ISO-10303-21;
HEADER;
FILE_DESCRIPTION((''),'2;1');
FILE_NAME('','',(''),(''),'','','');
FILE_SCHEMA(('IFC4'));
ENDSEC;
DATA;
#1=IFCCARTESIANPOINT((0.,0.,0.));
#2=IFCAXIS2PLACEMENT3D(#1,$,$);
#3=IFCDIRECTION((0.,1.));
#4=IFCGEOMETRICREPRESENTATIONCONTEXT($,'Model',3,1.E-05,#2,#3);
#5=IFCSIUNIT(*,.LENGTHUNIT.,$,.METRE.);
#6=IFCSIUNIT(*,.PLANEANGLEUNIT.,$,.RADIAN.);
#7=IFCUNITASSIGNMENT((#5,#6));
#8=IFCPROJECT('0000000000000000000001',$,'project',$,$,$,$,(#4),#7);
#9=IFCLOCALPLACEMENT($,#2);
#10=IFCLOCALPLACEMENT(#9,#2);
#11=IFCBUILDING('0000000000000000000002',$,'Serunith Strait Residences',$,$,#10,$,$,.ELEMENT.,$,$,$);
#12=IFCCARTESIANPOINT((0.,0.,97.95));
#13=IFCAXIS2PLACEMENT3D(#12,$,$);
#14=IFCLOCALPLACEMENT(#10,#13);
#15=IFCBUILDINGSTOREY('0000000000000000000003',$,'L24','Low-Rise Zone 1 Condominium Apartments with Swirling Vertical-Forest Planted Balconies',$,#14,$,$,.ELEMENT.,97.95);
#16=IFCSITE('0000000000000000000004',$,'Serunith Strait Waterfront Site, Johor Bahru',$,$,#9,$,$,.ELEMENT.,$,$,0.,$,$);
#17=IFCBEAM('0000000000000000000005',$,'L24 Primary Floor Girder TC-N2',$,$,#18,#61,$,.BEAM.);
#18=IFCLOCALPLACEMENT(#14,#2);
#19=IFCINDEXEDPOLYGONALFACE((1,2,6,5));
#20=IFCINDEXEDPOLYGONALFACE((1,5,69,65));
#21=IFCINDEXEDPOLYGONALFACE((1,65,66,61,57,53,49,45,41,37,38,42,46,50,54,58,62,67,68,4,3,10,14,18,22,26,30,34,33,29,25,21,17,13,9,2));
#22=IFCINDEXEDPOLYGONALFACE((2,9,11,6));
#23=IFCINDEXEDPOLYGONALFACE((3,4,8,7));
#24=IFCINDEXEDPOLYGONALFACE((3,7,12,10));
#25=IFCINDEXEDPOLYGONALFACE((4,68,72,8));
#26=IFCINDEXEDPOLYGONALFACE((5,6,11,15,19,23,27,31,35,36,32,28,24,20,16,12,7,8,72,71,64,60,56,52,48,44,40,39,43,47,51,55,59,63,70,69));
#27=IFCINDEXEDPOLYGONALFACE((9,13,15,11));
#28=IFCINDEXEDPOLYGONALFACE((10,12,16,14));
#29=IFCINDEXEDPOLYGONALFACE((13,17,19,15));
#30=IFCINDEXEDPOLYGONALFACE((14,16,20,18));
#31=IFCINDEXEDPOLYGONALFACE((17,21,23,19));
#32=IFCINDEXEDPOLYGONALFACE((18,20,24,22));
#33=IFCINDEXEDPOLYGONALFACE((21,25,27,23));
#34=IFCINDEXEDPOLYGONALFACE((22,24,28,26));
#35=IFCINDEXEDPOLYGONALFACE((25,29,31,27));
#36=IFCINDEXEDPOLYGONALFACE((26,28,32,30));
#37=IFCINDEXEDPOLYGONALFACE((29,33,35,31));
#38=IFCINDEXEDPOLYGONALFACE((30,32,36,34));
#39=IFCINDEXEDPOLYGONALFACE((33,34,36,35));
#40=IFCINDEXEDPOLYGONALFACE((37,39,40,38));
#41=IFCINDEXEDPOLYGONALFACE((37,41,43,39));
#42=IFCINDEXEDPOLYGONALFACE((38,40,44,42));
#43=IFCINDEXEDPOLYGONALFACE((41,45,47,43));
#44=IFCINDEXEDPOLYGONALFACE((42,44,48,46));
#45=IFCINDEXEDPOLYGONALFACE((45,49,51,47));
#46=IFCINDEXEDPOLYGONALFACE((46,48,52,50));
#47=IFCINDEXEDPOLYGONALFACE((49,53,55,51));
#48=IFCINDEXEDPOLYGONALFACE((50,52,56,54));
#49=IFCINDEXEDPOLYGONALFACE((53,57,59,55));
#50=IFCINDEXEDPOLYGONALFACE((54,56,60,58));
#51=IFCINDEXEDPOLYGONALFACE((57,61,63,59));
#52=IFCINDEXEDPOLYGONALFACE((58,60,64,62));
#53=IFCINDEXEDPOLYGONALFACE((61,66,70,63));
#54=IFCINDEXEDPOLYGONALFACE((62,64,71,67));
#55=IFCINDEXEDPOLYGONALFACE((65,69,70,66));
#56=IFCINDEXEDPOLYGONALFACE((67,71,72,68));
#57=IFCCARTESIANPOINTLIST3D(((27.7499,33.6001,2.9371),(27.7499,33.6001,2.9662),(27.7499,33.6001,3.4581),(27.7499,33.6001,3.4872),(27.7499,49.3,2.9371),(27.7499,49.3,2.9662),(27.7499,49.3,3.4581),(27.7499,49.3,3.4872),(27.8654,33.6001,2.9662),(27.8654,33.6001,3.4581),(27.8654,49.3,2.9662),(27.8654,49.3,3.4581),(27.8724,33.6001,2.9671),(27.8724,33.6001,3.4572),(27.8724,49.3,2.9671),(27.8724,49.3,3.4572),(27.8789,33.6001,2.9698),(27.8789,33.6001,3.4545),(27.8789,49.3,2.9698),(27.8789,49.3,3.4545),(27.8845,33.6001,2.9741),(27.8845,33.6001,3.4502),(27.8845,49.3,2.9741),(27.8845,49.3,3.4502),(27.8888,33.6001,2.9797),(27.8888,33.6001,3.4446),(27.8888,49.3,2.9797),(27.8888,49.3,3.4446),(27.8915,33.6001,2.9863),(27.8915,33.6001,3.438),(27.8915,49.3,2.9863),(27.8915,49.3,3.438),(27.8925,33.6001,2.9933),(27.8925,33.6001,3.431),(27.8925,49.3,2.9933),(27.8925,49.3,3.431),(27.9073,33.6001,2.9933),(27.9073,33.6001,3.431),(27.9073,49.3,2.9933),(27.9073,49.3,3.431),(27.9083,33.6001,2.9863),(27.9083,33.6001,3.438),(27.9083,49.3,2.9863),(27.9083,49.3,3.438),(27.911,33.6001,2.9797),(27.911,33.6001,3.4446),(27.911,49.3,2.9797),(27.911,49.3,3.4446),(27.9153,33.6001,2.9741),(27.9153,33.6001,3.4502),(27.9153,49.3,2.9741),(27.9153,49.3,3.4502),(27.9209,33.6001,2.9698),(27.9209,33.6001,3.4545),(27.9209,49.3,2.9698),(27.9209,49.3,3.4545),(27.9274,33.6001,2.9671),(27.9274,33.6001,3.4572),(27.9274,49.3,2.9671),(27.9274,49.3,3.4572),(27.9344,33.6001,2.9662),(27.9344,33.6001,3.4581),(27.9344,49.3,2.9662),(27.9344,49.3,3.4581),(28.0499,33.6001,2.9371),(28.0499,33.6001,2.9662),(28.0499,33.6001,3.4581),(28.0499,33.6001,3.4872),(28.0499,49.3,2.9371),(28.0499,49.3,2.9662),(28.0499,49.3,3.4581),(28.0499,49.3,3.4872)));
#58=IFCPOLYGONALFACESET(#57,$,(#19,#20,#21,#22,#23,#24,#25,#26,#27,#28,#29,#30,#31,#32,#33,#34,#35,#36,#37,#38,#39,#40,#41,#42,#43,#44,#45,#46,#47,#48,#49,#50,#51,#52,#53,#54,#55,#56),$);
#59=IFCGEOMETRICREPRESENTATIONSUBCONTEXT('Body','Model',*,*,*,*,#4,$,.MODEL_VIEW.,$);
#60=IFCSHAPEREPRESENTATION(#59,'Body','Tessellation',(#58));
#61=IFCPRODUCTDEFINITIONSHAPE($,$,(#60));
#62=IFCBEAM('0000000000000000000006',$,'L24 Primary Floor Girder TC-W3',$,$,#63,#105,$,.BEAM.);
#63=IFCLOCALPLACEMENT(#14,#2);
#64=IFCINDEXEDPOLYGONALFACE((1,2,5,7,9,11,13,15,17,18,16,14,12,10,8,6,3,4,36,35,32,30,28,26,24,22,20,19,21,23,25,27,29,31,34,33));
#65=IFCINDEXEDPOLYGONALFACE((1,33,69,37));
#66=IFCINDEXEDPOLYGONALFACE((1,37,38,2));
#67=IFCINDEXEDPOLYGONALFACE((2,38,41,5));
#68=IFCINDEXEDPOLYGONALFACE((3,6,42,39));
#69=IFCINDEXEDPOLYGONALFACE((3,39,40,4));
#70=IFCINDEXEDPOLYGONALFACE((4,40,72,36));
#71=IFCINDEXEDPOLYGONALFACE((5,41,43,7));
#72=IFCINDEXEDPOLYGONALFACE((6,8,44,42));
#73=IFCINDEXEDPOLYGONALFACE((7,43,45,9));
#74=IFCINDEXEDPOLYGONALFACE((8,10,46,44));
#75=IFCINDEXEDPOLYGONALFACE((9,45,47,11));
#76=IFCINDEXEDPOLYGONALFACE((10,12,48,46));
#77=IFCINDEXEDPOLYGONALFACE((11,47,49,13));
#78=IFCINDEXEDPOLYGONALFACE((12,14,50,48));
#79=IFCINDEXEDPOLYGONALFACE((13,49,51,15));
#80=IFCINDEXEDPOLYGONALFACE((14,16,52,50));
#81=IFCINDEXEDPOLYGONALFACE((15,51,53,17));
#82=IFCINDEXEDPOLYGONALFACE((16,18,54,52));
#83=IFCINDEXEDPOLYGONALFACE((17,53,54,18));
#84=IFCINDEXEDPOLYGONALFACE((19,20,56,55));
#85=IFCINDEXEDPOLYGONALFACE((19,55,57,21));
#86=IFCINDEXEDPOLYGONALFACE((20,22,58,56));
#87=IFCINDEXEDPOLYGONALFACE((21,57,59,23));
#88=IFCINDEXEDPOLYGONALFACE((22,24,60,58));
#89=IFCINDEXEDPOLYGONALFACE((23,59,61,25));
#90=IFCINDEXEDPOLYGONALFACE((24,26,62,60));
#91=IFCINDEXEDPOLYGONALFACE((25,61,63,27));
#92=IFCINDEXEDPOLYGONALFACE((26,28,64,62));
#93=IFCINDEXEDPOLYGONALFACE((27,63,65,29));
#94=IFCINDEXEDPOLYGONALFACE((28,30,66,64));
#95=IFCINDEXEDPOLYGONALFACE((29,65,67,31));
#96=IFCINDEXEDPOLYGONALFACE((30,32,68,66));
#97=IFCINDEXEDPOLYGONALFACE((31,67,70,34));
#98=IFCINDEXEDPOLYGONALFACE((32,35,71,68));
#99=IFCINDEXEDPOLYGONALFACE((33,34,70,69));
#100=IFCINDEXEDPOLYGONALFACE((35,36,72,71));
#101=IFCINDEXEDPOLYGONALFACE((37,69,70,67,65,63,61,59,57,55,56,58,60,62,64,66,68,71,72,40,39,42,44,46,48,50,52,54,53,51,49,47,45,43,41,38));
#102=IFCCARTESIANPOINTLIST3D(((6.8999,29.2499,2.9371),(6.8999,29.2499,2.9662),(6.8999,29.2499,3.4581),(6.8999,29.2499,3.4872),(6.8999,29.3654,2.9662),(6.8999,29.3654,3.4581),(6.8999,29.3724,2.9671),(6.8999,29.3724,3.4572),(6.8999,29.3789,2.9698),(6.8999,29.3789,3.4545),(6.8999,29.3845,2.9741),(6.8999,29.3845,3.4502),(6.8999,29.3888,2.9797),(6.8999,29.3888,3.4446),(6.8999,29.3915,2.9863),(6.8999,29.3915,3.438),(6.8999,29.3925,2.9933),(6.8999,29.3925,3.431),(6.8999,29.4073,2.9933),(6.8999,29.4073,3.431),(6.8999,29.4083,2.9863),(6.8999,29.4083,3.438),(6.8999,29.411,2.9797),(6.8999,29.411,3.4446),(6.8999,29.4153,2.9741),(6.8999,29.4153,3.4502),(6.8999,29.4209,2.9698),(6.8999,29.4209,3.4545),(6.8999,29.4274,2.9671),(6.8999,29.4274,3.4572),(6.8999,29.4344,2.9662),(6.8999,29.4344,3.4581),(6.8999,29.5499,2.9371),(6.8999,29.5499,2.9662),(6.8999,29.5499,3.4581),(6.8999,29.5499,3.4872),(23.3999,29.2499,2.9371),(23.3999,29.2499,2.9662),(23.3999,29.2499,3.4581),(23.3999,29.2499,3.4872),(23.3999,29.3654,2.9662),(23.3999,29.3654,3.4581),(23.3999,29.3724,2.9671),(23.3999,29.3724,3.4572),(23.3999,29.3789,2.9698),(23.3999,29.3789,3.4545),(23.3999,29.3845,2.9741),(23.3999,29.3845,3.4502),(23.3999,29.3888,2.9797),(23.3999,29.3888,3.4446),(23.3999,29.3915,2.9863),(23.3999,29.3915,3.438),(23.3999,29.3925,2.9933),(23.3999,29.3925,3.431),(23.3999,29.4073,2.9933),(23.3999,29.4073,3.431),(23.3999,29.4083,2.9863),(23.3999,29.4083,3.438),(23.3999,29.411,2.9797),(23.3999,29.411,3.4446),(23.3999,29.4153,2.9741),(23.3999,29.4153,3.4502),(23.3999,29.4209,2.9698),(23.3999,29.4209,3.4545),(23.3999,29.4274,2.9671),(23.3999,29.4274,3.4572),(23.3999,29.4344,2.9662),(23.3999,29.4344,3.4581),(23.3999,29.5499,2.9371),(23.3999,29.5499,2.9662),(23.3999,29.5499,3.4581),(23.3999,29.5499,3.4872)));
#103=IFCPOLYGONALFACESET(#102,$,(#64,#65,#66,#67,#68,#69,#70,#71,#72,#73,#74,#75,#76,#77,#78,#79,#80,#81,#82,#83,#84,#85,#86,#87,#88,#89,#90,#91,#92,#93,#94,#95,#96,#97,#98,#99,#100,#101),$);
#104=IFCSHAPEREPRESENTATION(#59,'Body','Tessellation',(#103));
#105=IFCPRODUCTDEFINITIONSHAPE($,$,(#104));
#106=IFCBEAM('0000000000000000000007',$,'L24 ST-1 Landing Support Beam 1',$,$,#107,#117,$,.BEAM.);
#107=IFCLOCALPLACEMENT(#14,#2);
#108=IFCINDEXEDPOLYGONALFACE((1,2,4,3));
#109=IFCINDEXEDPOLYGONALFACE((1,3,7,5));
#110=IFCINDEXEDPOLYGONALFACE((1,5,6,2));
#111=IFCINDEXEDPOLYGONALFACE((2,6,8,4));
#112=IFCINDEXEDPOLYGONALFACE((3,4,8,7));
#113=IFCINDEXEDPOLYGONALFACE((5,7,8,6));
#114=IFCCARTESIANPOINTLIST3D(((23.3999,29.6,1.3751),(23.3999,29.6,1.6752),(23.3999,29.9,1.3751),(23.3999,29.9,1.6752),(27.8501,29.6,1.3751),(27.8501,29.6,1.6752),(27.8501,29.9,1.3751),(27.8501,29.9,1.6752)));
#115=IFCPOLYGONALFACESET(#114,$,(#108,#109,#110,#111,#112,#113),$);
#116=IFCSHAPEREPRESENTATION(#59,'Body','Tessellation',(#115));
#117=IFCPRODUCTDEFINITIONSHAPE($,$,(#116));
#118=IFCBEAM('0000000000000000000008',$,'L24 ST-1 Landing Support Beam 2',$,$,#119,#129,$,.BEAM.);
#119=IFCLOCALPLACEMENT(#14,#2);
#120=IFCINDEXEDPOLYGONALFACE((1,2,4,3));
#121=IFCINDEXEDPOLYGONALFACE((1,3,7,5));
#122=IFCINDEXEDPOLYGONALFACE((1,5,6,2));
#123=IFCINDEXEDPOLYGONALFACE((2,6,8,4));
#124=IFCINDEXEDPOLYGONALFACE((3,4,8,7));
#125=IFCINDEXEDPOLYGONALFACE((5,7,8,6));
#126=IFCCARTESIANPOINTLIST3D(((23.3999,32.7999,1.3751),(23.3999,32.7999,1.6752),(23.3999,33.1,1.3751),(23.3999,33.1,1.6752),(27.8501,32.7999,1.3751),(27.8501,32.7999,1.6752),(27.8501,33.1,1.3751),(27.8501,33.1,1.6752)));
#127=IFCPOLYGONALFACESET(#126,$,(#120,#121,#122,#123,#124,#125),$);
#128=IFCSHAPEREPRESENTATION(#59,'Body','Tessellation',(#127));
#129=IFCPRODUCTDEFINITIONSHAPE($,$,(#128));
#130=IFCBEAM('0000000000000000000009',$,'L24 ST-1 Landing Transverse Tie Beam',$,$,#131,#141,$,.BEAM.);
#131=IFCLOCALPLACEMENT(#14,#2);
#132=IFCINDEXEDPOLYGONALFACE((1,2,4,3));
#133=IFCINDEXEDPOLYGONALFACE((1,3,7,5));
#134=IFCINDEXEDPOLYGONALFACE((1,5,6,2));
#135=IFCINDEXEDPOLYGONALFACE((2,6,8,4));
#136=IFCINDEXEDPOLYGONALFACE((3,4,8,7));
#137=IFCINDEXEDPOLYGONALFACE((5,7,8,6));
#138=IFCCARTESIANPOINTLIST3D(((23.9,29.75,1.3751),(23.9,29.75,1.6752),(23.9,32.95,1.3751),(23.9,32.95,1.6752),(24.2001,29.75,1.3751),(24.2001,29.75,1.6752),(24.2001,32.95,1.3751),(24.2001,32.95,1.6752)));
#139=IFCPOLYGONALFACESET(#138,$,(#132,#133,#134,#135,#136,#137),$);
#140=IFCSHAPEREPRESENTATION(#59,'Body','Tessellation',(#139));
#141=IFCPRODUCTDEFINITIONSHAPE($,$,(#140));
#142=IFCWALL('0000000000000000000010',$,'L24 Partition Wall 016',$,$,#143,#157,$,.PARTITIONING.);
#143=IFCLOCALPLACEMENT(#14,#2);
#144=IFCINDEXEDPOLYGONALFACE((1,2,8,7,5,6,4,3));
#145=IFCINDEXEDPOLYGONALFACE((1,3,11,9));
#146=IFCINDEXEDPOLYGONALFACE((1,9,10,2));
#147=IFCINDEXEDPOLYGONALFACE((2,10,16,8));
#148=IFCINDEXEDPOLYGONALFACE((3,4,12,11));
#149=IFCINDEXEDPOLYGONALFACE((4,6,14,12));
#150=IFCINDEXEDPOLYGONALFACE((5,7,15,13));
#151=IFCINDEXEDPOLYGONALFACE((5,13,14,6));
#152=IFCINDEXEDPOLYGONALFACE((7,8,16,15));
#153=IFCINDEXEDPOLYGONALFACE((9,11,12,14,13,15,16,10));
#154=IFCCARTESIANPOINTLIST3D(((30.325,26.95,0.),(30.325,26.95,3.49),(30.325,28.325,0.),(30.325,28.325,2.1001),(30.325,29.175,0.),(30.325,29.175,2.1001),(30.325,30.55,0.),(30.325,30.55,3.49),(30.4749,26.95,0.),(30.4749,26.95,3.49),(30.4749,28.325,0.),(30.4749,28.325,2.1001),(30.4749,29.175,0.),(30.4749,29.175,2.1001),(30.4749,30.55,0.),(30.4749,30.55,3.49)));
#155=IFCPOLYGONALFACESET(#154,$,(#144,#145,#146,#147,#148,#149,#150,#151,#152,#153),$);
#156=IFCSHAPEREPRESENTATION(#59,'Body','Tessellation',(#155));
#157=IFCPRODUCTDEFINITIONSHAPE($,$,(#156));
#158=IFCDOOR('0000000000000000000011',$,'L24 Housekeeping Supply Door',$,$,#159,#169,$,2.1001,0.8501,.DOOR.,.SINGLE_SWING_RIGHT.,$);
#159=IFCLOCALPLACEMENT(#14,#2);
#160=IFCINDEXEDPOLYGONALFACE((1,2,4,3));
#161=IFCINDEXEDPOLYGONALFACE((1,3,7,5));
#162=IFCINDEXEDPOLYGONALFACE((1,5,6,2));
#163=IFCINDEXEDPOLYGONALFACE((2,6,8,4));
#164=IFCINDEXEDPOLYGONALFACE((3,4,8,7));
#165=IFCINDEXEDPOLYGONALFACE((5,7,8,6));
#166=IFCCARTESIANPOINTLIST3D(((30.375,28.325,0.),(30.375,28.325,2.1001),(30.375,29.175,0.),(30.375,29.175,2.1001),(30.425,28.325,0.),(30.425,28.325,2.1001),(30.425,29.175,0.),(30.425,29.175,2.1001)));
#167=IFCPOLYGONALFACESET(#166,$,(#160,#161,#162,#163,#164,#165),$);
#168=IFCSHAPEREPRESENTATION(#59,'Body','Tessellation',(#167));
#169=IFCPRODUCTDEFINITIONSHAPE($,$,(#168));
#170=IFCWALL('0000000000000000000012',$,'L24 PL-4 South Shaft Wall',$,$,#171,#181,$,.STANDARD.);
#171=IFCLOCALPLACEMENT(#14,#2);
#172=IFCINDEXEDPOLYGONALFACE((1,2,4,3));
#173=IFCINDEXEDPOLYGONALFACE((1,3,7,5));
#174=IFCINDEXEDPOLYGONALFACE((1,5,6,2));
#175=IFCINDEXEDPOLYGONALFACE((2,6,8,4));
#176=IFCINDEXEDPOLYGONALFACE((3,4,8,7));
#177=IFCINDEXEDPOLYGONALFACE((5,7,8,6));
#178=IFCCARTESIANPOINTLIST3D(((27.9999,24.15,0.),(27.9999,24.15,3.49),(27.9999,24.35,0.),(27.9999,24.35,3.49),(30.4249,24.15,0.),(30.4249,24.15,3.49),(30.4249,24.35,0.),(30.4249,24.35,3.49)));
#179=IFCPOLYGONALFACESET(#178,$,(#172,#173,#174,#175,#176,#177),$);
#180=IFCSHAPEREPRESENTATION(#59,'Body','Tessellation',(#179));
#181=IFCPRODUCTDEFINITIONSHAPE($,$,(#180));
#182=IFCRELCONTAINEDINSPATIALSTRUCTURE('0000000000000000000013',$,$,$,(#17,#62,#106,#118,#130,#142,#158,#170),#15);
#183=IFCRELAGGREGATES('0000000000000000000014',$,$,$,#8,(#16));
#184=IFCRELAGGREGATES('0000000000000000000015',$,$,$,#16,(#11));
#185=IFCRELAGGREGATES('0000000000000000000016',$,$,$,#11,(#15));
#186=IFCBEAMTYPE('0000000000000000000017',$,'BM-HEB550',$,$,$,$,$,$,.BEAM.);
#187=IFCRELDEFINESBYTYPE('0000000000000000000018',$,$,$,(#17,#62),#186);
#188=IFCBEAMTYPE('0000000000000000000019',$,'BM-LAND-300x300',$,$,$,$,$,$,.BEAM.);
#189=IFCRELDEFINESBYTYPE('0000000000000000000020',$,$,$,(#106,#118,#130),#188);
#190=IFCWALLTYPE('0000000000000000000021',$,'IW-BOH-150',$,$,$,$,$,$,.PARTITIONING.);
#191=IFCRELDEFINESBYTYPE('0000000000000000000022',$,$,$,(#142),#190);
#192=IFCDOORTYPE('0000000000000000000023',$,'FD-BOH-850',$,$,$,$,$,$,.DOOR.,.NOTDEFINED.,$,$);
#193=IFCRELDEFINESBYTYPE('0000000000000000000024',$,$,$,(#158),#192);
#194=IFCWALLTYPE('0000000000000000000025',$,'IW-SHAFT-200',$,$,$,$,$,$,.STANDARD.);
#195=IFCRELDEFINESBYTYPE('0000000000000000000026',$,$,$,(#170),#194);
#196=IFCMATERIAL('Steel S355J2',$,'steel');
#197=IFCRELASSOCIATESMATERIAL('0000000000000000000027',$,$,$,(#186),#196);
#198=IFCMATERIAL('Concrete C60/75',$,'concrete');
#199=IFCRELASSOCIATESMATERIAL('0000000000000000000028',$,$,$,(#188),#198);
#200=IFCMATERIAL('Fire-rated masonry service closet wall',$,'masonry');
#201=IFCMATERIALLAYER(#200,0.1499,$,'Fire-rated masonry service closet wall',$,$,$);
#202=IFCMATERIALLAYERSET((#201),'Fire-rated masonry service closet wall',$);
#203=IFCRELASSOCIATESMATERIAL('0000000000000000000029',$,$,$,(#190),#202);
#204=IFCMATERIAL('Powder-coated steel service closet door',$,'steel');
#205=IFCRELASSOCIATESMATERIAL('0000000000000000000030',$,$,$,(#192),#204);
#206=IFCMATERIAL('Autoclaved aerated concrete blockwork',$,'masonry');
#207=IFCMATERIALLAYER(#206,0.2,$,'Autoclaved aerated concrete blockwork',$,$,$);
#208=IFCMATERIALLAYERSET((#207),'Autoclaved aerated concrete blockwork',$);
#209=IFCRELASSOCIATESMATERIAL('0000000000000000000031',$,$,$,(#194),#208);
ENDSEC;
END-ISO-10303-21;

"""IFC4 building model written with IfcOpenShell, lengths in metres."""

from ifc_helpers import new_model, si_unit, direction, frame, frame_2d, origin, origin_2d, place, context, subcontext, project, spatial, rectangle, i_section, extrude, source, transform, mapped, material, layer, layer_set, material_profile, profile_set, type_object, element, fill, save


model = new_model("IFC4")

# Units and contexts
model_context = context("Model", 3, precision=1e-05, world=origin(), true_north=direction((0.0, 1.0)))
body_context = subcontext(model_context, "Body", "Model", "MODEL_VIEW")
ifc_project = project(units=[si_unit("LENGTHUNIT", "METRE"), si_unit("PLANEANGLEUNIT", "RADIAN")], contexts=[model_context])

# Site, building, storey
site_placement = place(None, origin())
site = spatial("IfcSite", under=ifc_project, at=site_placement, Name="Serunith Strait Waterfront Site, Johor Bahru", CompositionType="ELEMENT", RefElevation=0.0)
building_placement = place(site_placement, origin())
building = spatial("IfcBuilding", under=site, at=building_placement, Name="Serunith Strait Residences", CompositionType="ELEMENT")
storey_placement = place(building_placement, frame((0.0, 0.0, 97.95)))
storey = spatial("IfcBuildingStorey", under=building, at=storey_placement, Name="L24", Description="Low-Rise Zone 1 Condominium Apartments with Swirling Vertical-Forest Planted Balconies", CompositionType="ELEMENT", Elevation=97.95)

# Beams
ifc_material_1 = material(Name="Steel S355J2", Category="steel")
ifc_material_profile_1 = material_profile(ifc_material_1, i_section(OverallWidth=0.3, OverallDepth=0.55, WebThickness=0.0149, FlangeThickness=0.0291, FilletRadius=0.0271, at=origin_2d()), Name="HEB 550")
ifc_profile_set_1 = profile_set([ifc_material_profile_1], Name="Steel S355J2")
beam_type_1 = type_object("IfcBeamType", Name="BM-HEB550", PredefinedType="BEAM", material=ifc_profile_set_1)
shared_shape_1 = source(origin(), body_context, "Body", "SweptSolid", [
    extrude(i_section(OverallWidth=0.3, OverallDepth=0.55, WebThickness=0.0149, FlangeThickness=0.0291, FilletRadius=0.0271, at=origin_2d()), origin(), (0.0, 0.0, 1.0), 15.7),
])
beam_1_placement = place(storey_placement, frame((27.8999, 33.6001, 3.2122), z_axis=(0.0, 1.0, 0.0), x_axis=(-1.0, 0.0, 0.0)))
element("IfcBeam", 1, at=beam_1_placement, inside=storey, type_object=beam_type_1, Name="L24 Primary Floor Girder TC-N2", PredefinedType="BEAM", context=body_context, shape_type="MappedRepresentation", body=[
    mapped(shared_shape_1, transform((0.0, 0.0, 0.0), scale=1.0)),
])
shared_shape_2 = source(origin(), body_context, "Body", "SweptSolid", [
    extrude(i_section(OverallWidth=0.3, OverallDepth=0.55, WebThickness=0.0149, FlangeThickness=0.0291, FilletRadius=0.0271, at=origin_2d()), origin(), (0.0, 0.0, 1.0), 16.5),
])
beam_2_placement = place(storey_placement, frame((23.3999, 29.3999, 3.2122), z_axis=(-1.0, 0.0, 0.0), x_axis=(0.0, -1.0, 0.0)))
element("IfcBeam", 2, at=beam_2_placement, inside=storey, type_object=beam_type_1, Name="L24 Primary Floor Girder TC-W3", PredefinedType="BEAM", context=body_context, shape_type="MappedRepresentation", body=[
    mapped(shared_shape_2, transform((0.0, 0.0, 0.0), scale=1.0)),
])
ifc_material_2 = material(Name="Concrete C60/75", Category="concrete")
ifc_material_profile_2 = material_profile(ifc_material_2, rectangle(XDim=0.3, YDim=0.3, at=origin_2d()), Name="RC 300x300")
ifc_profile_set_2 = profile_set([ifc_material_profile_2], Name="Concrete C60/75")
beam_type_2 = type_object("IfcBeamType", Name="BM-LAND-300x300", PredefinedType="BEAM", material=ifc_profile_set_2)
shared_shape_3 = source(origin(), body_context, "Body", "SweptSolid", [
    extrude(rectangle(XDim=0.3, YDim=0.3, at=origin_2d()), origin(), (0.0, 0.0, 1.0), 4.4502),
])
for number, where, z_axis, x_axis, name in (
    (3, (23.3999, 29.75, 1.5251), (1.0, 0.0, 0.0), (0.0, 1.0, 0.0), "L24 ST-1 Landing Support Beam 1"),
    (4, (23.3999, 32.95, 1.5251), (1.0, 0.0, 0.0), (0.0, 1.0, 0.0), "L24 ST-1 Landing Support Beam 2"),
):
    element("IfcBeam", number, at=place(storey_placement, frame(where, z_axis=z_axis, x_axis=x_axis)), inside=storey, type_object=beam_type_2, Name=name, PredefinedType="BEAM", context=body_context, shape_type="MappedRepresentation", body=[
        mapped(shared_shape_3, transform((0.0, 0.0, 0.0), scale=1.0)),
    ])
shared_shape_4 = source(origin(), body_context, "Body", "SweptSolid", [
    extrude(rectangle(XDim=0.3, YDim=0.3, at=origin_2d()), origin(), (0.0, 0.0, 1.0), 3.2),
])
beam_3_placement = place(storey_placement, frame((24.05, 29.75, 1.5251), z_axis=(0.0, 1.0, 0.0), x_axis=(-1.0, 0.0, 0.0)))
element("IfcBeam", 5, at=beam_3_placement, inside=storey, type_object=beam_type_2, Name="L24 ST-1 Landing Transverse Tie Beam", PredefinedType="BEAM", context=body_context, shape_type="MappedRepresentation", body=[
    mapped(shared_shape_4, transform((0.0, 0.0, 0.0), scale=1.0)),
])

# Wall, opening, door
ifc_material_3 = material(Name="Fire-rated masonry service closet wall", Category="masonry")
ifc_layer_1 = layer(ifc_material_3, 0.1499, Name="Fire-rated masonry service closet wall")
ifc_layer_set_1 = layer_set([ifc_layer_1], Name="Fire-rated masonry service closet wall")
wall_type_1 = type_object("IfcWallType", Name="IW-BOH-150", PredefinedType="PARTITIONING", material=ifc_layer_set_1)
wall_1_placement = place(storey_placement, frame((30.3999, 26.95, 0.0), z_axis=(0.0, 0.0, 1.0), x_axis=(0.0, 1.0, 0.0)))
wall_1 = element("IfcWall", 6, at=wall_1_placement, inside=storey, type_object=wall_type_1, Name="L24 Partition Wall 016", PredefinedType="PARTITIONING", context=body_context, shape_type="SweptSolid", body=[
    extrude(rectangle(XDim=3.6001, YDim=0.1499, at=frame_2d((1.8, 0.0))), origin(), (0.0, 0.0, 1.0), 3.49),
])
opening_placement = place(wall_1_placement, frame((1.375, 0.0, 0.0)))
opening = element("IfcOpeningElement", 7, at=opening_placement, cuts=wall_1, PredefinedType="OPENING", context=body_context, shape_type="SweptSolid", body=[
    extrude(rectangle(XDim=0.8501, YDim=2.1001, at=frame_2d((0.425, 1.05))), frame((0.0, 0.085, 0.0), z_axis=(0.0, -1.0, 0.0), x_axis=(1.0, 0.0, 0.0)), (0.0, 0.0, 1.0), 0.1699),
])
ifc_material_4 = material(Name="Powder-coated steel service closet door", Category="steel")
door_type = type_object("IfcDoorType", Name="FD-BOH-850", OperationType="NOTDEFINED", PredefinedType="DOOR", material=ifc_material_4)
shared_shape_5 = source(origin(), body_context, "Body", "SweptSolid", [
    extrude(rectangle(XDim=0.8501, YDim=2.1001, at=frame_2d((0.425, 1.05))), frame((0.0, 0.0249, 0.0), z_axis=(0.0, -1.0, 0.0), x_axis=(1.0, 0.0, 0.0)), (0.0, 0.0, 1.0), 0.05),
])
door_placement = place(opening_placement, origin())
door = element("IfcDoor", 8, at=door_placement, inside=storey, type_object=door_type, Name="L24 Housekeeping Supply Door", OperationType="SINGLE_SWING_RIGHT", OverallHeight=2.1001, OverallWidth=0.8501, PredefinedType="DOOR", context=body_context, shape_type="MappedRepresentation", body=[
    mapped(shared_shape_5, transform((0.0, 0.0, 0.0), scale=1.0)),
])
fill(opening, door)

# Wall
ifc_material_5 = material(Name="Autoclaved aerated concrete blockwork", Category="masonry")
ifc_layer_2 = layer(ifc_material_5, 0.2, Name="Autoclaved aerated concrete blockwork")
ifc_layer_set_2 = layer_set([ifc_layer_2], Name="Autoclaved aerated concrete blockwork")
wall_type_2 = type_object("IfcWallType", Name="IW-SHAFT-200", PredefinedType="STANDARD", material=ifc_layer_set_2)
wall_2_placement = place(storey_placement, frame((28.0, 24.25, 0.0), z_axis=(0.0, 0.0, 1.0), x_axis=(1.0, 0.0, 0.0)))
element("IfcWall", 9, at=wall_2_placement, inside=storey, type_object=wall_type_2, Name="L24 PL-4 South Shaft Wall", PredefinedType="STANDARD", context=body_context, shape_type="SweptSolid", body=[
    extrude(rectangle(XDim=2.425, YDim=0.2, at=frame_2d((1.2124, 0.0))), origin(), (0.0, 0.0, 1.0), 3.49),
])

save(model, "model.ifc")
